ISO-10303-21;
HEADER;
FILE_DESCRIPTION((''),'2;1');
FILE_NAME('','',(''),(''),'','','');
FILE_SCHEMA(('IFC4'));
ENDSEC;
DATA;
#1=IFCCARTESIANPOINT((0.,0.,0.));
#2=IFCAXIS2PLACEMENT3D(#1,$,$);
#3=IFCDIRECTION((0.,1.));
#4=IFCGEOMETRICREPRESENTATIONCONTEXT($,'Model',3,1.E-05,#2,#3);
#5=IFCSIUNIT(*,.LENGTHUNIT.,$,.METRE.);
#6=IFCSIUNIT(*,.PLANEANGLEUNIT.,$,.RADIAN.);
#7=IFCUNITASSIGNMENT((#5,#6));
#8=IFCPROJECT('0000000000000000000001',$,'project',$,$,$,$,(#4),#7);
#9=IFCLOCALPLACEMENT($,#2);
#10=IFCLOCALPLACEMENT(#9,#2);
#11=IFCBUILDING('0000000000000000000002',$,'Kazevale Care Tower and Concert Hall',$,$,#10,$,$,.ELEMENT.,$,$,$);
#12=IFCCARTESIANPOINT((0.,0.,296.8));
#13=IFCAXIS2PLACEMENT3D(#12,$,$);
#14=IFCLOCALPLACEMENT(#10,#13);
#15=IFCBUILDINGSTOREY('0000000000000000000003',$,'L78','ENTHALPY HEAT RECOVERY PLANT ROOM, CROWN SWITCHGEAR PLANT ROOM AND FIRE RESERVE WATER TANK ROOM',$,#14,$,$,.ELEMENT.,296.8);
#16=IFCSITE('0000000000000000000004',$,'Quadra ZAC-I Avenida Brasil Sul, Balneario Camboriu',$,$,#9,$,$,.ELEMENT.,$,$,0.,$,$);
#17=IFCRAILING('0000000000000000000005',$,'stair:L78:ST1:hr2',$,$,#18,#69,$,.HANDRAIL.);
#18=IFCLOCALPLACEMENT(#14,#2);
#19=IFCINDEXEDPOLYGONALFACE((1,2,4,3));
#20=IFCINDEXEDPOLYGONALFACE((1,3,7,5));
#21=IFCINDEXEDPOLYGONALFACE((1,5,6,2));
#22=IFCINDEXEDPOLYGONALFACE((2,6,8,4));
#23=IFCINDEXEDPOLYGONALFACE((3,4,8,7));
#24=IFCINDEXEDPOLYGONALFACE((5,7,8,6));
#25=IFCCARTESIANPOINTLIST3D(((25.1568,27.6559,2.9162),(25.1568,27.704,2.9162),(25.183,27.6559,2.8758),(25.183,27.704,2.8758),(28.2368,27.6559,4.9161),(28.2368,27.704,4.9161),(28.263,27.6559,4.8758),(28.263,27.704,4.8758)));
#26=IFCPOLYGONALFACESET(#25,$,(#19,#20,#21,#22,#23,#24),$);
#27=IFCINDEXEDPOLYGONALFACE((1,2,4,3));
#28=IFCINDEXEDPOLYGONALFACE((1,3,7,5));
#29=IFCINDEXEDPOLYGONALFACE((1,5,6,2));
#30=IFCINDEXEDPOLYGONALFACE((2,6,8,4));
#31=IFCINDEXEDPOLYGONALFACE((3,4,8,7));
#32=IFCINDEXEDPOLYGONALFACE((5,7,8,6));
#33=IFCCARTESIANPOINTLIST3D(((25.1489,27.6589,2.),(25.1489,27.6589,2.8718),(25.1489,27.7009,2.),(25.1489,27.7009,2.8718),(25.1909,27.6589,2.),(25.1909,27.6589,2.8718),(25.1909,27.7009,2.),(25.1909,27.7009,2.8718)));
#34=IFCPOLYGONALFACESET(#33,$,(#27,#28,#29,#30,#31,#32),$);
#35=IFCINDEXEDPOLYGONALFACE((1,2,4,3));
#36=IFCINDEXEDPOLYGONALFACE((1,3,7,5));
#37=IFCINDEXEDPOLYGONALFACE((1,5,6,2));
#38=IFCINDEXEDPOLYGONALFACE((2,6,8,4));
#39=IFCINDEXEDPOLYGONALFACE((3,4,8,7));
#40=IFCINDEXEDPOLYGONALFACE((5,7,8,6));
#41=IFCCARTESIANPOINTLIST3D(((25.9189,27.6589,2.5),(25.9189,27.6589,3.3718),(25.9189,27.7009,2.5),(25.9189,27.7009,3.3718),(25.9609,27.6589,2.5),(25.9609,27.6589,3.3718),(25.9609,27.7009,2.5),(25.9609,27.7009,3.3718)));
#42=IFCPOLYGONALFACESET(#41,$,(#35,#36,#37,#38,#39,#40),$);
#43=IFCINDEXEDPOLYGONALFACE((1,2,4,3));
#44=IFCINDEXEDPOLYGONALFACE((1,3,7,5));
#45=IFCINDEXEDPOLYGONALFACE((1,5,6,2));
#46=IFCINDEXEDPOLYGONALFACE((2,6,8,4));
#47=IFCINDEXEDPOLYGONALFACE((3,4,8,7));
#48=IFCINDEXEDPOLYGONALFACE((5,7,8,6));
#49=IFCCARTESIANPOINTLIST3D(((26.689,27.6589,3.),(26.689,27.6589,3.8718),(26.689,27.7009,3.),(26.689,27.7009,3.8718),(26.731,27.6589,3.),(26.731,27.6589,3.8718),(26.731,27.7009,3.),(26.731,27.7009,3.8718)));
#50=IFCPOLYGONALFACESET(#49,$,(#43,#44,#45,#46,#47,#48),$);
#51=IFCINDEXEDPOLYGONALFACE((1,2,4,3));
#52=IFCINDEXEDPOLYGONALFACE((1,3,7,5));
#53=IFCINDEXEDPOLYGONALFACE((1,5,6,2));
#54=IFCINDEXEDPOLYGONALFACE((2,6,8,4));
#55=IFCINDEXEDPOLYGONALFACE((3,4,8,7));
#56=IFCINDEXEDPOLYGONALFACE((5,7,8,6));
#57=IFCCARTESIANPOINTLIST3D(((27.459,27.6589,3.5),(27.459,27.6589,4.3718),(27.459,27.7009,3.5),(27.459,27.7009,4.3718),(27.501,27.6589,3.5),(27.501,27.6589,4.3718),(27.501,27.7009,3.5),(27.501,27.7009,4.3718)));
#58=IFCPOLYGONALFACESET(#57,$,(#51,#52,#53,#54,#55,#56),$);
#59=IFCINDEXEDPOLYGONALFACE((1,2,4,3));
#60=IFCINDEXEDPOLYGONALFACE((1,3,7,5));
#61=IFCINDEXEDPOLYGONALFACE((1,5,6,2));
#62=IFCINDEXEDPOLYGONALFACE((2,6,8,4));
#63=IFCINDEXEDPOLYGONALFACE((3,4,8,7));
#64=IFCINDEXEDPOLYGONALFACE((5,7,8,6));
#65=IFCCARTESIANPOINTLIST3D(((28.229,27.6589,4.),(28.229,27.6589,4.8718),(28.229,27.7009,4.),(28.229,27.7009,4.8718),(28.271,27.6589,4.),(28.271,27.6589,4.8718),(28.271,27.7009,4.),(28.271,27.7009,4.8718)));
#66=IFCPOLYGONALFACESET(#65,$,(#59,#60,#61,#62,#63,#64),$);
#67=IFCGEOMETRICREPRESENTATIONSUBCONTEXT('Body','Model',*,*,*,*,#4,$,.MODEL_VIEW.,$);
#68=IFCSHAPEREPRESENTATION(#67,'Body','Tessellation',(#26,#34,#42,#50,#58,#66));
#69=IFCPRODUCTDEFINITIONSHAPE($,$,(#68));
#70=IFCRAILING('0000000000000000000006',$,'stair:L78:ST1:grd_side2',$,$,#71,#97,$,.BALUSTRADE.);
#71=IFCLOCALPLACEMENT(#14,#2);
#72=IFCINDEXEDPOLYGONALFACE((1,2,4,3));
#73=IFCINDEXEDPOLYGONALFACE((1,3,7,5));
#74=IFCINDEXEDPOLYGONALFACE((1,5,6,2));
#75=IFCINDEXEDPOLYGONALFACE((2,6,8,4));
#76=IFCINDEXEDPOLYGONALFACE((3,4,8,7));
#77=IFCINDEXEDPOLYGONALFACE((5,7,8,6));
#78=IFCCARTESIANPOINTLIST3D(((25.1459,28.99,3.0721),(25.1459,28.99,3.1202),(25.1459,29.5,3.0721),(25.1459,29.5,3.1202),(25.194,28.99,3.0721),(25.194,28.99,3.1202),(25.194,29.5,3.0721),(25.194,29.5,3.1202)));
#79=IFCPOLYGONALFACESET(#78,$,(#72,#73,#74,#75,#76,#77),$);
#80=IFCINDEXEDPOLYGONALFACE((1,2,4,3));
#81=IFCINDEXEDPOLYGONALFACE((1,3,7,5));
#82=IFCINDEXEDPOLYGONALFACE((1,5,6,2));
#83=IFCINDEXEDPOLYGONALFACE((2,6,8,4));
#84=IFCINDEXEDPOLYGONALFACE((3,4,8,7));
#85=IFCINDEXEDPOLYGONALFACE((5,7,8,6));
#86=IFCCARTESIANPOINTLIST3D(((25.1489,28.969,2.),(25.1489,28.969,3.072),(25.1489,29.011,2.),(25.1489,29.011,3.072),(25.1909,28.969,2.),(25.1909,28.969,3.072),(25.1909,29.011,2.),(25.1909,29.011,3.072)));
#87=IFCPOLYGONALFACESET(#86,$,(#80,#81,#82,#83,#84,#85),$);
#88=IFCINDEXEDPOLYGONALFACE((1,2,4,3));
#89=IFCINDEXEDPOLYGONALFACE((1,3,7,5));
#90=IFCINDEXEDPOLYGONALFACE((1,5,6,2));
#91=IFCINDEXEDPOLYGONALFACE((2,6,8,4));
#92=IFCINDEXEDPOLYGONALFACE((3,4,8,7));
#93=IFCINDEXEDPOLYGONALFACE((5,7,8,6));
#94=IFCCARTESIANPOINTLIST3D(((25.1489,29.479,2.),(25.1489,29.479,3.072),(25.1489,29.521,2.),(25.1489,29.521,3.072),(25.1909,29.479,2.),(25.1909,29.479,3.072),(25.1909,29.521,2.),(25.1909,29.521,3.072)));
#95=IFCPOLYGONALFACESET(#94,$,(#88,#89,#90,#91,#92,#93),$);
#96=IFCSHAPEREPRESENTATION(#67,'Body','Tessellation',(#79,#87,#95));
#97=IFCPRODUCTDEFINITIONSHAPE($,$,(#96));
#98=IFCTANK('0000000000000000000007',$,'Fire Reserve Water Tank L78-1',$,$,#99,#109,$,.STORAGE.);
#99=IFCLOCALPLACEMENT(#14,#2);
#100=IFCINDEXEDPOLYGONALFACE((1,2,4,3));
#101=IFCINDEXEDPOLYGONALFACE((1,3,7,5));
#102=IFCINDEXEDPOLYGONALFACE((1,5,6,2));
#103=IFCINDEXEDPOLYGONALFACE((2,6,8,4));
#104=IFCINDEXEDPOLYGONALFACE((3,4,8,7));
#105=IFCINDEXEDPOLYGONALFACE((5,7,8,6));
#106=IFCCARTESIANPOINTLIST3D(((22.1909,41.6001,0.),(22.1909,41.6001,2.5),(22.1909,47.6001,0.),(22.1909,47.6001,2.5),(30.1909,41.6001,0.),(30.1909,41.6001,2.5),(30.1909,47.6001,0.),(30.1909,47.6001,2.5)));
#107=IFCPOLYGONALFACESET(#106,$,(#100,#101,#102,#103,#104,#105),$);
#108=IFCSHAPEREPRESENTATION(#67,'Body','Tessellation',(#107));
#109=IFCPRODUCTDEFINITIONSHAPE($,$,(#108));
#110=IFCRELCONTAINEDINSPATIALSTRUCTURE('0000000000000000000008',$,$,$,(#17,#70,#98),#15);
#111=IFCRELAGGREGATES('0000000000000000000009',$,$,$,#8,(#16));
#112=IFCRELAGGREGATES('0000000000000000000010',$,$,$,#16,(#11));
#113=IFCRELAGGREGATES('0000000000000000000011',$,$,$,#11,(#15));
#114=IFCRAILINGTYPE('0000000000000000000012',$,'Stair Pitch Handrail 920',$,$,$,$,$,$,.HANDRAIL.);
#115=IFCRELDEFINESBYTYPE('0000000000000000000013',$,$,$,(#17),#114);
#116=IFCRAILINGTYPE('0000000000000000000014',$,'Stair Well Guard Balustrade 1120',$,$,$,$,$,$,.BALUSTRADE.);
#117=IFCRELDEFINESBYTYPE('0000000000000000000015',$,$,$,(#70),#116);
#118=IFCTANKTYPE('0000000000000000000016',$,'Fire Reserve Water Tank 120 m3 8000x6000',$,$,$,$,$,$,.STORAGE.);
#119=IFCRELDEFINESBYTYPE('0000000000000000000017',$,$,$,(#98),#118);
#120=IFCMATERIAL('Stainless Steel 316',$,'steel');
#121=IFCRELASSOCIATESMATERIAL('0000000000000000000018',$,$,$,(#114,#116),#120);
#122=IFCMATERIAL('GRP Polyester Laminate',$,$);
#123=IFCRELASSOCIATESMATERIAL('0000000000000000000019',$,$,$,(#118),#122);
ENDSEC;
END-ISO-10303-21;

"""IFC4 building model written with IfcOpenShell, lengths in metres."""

from ifc_helpers import new_model, si_unit, direction, frame, origin, origin_2d, place, context, subcontext, project, spatial, rectangle, extrude, material, type_object, element, save


model = new_model("IFC4")

# Units and contexts
model_context = context("Model", 3, precision=1e-05, world=origin(), true_north=direction((0.0, 1.0)))
body_context = subcontext(model_context, "Body", "Model", "MODEL_VIEW")
ifc_project = project(units=[si_unit("LENGTHUNIT", "METRE"), si_unit("PLANEANGLEUNIT", "RADIAN")], contexts=[model_context])

# Site, building, storey
site_placement = place(None, origin())
site = spatial("IfcSite", under=ifc_project, at=site_placement, Name="Quadra ZAC-I Avenida Brasil Sul, Balneario Camboriu", CompositionType="ELEMENT", RefElevation=0.0)
building_placement = place(site_placement, origin())
building = spatial("IfcBuilding", under=site, at=building_placement, Name="Kazevale Care Tower and Concert Hall", CompositionType="ELEMENT")
storey_placement = place(building_placement, frame((0.0, 0.0, 296.8)))
storey = spatial("IfcBuildingStorey", under=building, at=storey_placement, Name="L78", Description="ENTHALPY HEAT RECOVERY PLANT ROOM, CROWN SWITCHGEAR PLANT ROOM AND FIRE RESERVE WATER TANK ROOM", CompositionType="ELEMENT", Elevation=296.8)

# Shared definitions
ifc_material_1 = material(Name="Stainless Steel 316", Category="steel")

# Railings
railing_type_1 = type_object("IfcRailingType", Name="Stair Pitch Handrail 920", PredefinedType="HANDRAIL", material=ifc_material_1)
railing_1_placement = place(storey_placement, frame((25.1699, 27.6799, 2.0)))
element("IfcRailing", 1, at=railing_1_placement, inside=storey, type_object=railing_type_1, Name="stair:L78:ST1:hr2", PredefinedType="HANDRAIL", context=body_context, shape_type="SweptSolid", body=[
    extrude(rectangle(XDim=0.0481, YDim=0.0481, at=origin_2d()), frame((0.0, 0.0, 0.896), z_axis=(0.838699, 0.0, 0.544596), x_axis=(0.0, 1.0, 0.0)), (0.0, 0.0, 1.0), 3.6724),
    extrude(rectangle(XDim=0.042, YDim=0.042, at=origin_2d()), origin(), (0.0, 0.0, 1.0), 0.8718),
    extrude(rectangle(XDim=0.042, YDim=0.042, at=origin_2d()), frame((0.77, 0.0, 0.5)), (0.0, 0.0, 1.0), 0.8718),
    extrude(rectangle(XDim=0.042, YDim=0.042, at=origin_2d()), frame((1.54, 0.0, 1.0)), (0.0, 0.0, 1.0), 0.8718),
    extrude(rectangle(XDim=0.042, YDim=0.042, at=origin_2d()), frame((2.3101, 0.0, 1.5)), (0.0, 0.0, 1.0), 0.8718),
    extrude(rectangle(XDim=0.042, YDim=0.042, at=origin_2d()), frame((3.0801, 0.0, 2.0)), (0.0, 0.0, 1.0), 0.8718),
])
railing_type_2 = type_object("IfcRailingType", Name="Stair Well Guard Balustrade 1120", PredefinedType="BALUSTRADE", material=ifc_material_1)
railing_2_placement = place(storey_placement, frame((25.1699, 28.99, 2.0)))
element("IfcRailing", 2, at=railing_2_placement, inside=storey, type_object=railing_type_2, Name="stair:L78:ST1:grd_side2", PredefinedType="BALUSTRADE", context=body_context, shape_type="SweptSolid", body=[
    extrude(rectangle(XDim=0.0481, YDim=0.0481, at=origin_2d()), frame((0.0, 0.0, 1.0962), z_axis=(0.0, 1.0, 0.0), x_axis=(-1.0, 0.0, 0.0)), (0.0, 0.0, 1.0), 0.51),
    extrude(rectangle(XDim=0.042, YDim=0.042, at=origin_2d()), origin(), (0.0, 0.0, 1.0), 1.072),
    extrude(rectangle(XDim=0.042, YDim=0.042, at=origin_2d()), frame((0.0, 0.51, 0.0)), (0.0, 0.0, 1.0), 1.072),
])

# Tank
ifc_material_2 = material(Name="GRP Polyester Laminate")
tank_type = type_object("IfcTankType", Name="Fire Reserve Water Tank 120 m3 8000x6000", PredefinedType="STORAGE", material=ifc_material_2)
tank_placement = place(storey_placement, frame((26.1909, 44.6001, 0.0), z_axis=(0.0, 0.0, 1.0), x_axis=(1.0, 0.0, 0.0)))
element("IfcTank", 3, at=tank_placement, inside=storey, type_object=tank_type, Name="Fire Reserve Water Tank L78-1", PredefinedType="STORAGE", context=body_context, shape_type="SweptSolid", body=[
    extrude(rectangle(XDim=8.0, YDim=6.0, at=origin_2d()), origin(), (0.0, 0.0, 1.0), 2.5),
])

save(model, "model.ifc")
